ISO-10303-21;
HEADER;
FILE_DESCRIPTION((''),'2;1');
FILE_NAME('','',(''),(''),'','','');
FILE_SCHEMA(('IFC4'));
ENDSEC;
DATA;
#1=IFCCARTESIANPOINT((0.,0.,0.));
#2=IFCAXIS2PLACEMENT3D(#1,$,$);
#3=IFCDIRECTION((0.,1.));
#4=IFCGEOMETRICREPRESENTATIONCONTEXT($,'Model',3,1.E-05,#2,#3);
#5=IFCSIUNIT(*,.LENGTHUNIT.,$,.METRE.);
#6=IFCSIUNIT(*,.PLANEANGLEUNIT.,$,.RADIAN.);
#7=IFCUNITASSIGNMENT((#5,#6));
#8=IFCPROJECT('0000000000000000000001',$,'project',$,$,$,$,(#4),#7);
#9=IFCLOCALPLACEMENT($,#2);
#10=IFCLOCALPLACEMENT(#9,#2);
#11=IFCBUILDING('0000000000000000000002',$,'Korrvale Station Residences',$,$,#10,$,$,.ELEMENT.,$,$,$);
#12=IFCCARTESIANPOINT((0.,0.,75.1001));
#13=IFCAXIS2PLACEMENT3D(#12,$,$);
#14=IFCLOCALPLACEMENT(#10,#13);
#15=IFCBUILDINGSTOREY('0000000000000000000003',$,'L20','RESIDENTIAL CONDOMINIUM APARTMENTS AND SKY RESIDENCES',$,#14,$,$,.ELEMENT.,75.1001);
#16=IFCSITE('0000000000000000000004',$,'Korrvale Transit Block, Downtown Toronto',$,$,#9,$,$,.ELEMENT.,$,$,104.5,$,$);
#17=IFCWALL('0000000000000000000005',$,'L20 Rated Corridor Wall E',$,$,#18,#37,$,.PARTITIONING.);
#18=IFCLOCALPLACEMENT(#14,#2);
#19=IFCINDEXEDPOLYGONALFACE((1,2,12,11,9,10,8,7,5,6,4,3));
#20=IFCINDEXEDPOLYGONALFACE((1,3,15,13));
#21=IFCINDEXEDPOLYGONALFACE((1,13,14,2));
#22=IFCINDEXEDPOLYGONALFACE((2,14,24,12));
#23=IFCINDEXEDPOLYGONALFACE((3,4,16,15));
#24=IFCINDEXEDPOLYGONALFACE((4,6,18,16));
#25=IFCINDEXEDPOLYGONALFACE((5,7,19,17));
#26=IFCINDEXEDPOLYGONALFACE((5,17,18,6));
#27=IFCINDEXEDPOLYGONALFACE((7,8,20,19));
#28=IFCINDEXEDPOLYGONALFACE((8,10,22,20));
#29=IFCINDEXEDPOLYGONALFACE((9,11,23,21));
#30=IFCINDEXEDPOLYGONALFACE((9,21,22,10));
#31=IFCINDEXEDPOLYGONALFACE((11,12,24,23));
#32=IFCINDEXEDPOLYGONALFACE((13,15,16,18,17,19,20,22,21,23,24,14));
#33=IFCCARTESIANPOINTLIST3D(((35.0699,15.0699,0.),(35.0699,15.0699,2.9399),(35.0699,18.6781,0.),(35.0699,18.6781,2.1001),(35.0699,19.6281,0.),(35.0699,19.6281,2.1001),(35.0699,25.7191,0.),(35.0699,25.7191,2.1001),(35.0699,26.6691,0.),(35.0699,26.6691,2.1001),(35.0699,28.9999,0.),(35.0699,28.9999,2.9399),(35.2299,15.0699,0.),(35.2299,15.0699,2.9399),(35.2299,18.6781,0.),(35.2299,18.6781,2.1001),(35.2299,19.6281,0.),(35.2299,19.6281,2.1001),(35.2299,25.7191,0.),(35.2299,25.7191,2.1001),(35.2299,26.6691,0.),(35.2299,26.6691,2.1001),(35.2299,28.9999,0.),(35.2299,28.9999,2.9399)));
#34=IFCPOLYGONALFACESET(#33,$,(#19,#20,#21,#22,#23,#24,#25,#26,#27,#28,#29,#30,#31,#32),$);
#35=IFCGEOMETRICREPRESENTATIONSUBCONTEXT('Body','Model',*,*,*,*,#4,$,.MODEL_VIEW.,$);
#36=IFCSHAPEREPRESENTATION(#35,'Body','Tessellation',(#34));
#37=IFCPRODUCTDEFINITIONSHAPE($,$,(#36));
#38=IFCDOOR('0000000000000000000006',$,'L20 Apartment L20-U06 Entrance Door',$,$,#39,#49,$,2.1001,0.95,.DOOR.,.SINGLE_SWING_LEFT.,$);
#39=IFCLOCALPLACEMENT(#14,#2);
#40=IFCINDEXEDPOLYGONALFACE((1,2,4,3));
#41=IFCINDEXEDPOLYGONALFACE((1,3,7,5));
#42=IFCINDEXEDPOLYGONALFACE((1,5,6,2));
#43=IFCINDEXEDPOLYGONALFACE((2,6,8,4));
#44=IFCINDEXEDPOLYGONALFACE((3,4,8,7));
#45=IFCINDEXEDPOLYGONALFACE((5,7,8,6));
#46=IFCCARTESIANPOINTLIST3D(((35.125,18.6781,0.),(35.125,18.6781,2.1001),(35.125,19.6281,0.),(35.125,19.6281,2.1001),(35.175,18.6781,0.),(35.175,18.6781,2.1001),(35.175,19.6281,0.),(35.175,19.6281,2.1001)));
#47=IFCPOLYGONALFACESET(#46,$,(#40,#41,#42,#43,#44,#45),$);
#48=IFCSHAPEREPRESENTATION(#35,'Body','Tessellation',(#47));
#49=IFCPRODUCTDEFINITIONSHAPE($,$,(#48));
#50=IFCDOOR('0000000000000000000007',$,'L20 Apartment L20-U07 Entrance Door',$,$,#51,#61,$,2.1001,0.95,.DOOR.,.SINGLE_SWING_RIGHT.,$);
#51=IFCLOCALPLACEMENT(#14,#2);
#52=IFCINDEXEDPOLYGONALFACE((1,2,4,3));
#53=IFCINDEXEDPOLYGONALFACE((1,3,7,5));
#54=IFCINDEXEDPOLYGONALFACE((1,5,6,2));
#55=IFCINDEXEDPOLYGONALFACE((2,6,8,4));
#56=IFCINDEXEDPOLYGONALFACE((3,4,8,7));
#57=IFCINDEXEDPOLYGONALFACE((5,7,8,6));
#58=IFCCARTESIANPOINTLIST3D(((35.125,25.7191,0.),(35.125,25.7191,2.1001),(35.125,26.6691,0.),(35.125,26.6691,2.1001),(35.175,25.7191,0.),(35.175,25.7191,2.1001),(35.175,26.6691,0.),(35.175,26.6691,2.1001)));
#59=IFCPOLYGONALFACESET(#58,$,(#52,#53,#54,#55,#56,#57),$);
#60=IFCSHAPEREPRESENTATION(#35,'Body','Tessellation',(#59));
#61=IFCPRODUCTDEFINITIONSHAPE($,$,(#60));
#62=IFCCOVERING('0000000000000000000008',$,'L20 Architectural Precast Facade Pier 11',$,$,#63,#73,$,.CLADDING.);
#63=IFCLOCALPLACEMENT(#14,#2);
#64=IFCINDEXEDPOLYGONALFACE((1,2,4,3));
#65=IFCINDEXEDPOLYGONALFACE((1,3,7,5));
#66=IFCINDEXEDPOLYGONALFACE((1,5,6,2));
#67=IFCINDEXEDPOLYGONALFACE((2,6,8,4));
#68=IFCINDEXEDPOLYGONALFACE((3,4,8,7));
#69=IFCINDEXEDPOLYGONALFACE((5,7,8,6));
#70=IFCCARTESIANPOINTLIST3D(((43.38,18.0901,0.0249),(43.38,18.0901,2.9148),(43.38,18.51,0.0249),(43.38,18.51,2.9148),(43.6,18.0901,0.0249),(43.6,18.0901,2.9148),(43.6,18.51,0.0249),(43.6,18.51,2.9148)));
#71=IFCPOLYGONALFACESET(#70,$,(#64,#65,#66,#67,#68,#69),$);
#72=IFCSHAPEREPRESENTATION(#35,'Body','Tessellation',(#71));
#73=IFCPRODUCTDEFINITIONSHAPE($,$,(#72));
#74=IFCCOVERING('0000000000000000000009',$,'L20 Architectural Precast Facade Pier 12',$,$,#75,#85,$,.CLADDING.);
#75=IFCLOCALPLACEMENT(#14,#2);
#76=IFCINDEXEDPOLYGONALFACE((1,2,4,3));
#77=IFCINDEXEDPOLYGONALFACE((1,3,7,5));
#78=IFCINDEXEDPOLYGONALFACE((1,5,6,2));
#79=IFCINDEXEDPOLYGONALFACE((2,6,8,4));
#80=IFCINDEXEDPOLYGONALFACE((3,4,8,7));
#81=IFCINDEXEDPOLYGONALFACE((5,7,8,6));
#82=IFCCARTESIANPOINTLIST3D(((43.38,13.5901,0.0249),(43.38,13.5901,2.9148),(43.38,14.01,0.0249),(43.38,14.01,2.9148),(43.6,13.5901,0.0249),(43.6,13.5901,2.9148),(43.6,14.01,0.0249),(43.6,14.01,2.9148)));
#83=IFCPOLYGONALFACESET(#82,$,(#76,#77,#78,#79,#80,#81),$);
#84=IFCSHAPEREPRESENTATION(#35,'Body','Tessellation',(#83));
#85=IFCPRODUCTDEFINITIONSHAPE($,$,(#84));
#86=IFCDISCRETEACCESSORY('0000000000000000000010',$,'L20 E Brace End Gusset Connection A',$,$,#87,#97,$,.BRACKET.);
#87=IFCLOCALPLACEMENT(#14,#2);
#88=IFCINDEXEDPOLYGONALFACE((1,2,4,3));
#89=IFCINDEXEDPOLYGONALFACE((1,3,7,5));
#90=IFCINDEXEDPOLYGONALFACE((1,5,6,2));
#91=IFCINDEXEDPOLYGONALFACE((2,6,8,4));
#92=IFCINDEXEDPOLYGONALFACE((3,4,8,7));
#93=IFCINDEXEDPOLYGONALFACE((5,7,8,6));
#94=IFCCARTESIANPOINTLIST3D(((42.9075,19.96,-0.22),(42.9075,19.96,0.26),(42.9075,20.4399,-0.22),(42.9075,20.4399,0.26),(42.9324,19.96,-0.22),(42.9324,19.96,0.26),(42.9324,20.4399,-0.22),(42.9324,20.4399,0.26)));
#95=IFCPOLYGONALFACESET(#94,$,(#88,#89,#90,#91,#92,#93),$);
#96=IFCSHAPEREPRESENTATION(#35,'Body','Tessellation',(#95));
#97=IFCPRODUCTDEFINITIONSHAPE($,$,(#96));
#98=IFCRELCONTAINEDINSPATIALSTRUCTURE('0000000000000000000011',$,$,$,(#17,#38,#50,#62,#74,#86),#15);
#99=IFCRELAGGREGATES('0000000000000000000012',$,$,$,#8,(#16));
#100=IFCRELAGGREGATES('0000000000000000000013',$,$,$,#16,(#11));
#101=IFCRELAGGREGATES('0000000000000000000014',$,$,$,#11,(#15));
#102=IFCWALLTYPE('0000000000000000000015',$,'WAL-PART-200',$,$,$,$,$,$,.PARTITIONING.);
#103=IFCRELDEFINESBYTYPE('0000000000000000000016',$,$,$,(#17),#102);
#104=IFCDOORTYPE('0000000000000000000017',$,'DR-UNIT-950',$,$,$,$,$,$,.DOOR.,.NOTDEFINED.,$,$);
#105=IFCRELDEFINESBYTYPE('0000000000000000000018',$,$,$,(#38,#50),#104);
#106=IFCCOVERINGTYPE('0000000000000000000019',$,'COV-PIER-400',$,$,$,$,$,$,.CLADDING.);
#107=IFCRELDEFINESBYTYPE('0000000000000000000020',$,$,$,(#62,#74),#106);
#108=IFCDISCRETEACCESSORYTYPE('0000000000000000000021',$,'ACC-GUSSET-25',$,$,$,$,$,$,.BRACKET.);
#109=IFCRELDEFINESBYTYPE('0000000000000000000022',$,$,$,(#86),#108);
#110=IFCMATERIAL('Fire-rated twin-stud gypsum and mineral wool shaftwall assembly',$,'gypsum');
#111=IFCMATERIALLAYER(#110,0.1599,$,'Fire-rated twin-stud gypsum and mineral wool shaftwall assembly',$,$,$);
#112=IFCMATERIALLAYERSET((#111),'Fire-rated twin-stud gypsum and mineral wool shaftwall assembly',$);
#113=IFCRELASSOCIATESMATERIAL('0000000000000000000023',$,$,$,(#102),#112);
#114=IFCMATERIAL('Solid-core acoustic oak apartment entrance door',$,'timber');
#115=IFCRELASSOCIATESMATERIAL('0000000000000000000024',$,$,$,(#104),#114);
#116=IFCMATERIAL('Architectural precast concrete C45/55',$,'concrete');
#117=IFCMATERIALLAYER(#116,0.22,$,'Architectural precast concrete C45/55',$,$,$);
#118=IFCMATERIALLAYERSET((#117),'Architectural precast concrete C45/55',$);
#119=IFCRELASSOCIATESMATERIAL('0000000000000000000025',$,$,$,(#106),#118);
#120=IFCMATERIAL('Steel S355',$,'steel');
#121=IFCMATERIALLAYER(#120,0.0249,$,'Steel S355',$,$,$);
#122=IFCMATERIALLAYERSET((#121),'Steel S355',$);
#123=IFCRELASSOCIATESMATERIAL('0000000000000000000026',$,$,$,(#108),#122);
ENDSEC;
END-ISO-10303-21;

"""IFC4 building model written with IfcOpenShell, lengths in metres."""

from ifc_helpers import new_model, si_unit, direction, frame, frame_2d, origin, origin_2d, place, context, subcontext, project, spatial, rectangle, extrude, material, layer, layer_set, type_object, element, fill, save


model = new_model("IFC4")

# Units and contexts
model_context = context("Model", 3, precision=1e-05, world=origin(), true_north=direction((0.0, 1.0)))
body_context = subcontext(model_context, "Body", "Model", "MODEL_VIEW")
ifc_project = project(units=[si_unit("LENGTHUNIT", "METRE"), si_unit("PLANEANGLEUNIT", "RADIAN")], contexts=[model_context])

# Site, building, storey
site_placement = place(None, origin())
site = spatial("IfcSite", under=ifc_project, at=site_placement, Name="Korrvale Transit Block, Downtown Toronto", CompositionType="ELEMENT", RefElevation=104.5)
building_placement = place(site_placement, origin())
building = spatial("IfcBuilding", under=site, at=building_placement, Name="Korrvale Station Residences", CompositionType="ELEMENT")
storey_placement = place(building_placement, frame((0.0, 0.0, 75.1001)))
storey = spatial("IfcBuildingStorey", under=building, at=storey_placement, Name="L20", Description="RESIDENTIAL CONDOMINIUM APARTMENTS AND SKY RESIDENCES", CompositionType="ELEMENT", Elevation=75.1001)

# Shared definitions
ifc_material_1 = material(Name="Steel S355", Category="steel")

# Shared definitions
ifc_material_2 = material(Name="Fire-rated twin-stud gypsum and mineral wool shaftwall assembly", Category="gypsum")
ifc_layer_1 = layer(ifc_material_2, 0.1599, Name="Fire-rated twin-stud gypsum and mineral wool shaftwall assembly")
ifc_layer_set_1 = layer_set([ifc_layer_1], Name="Fire-rated twin-stud gypsum and mineral wool shaftwall assembly")
wall_type_1 = type_object("IfcWallType", Name="WAL-PART-200", PredefinedType="PARTITIONING", material=ifc_layer_set_1)

# Wall, openings, doors
wall_1_placement = place(storey_placement, frame((35.1499, 15.0701, 0.0), z_axis=(0.0, 0.0, 1.0), x_axis=(0.0, 1.0, 0.0)))
wall_1 = element("IfcWall", 1, at=wall_1_placement, inside=storey, type_object=wall_type_1, Name="L20 Rated Corridor Wall E", PredefinedType="PARTITIONING", context=body_context, shape_type="SweptSolid", body=[
    extrude(rectangle(XDim=13.9299, YDim=0.1599, at=frame_2d((6.9648, 0.0))), origin(), (0.0, 0.0, 1.0), 2.9399),
])
opening_1_placement = place(wall_1_placement, frame((3.6079, 0.0, 0.0)))
opening_1 = element("IfcOpeningElement", 2, at=opening_1_placement, cuts=wall_1, PredefinedType="OPENING", context=body_context, shape_type="SweptSolid", body=[
    extrude(rectangle(XDim=0.95, YDim=2.1001, at=frame_2d((0.4751, 1.05))), frame((0.0, 0.0898, 0.0), z_axis=(0.0, -1.0, 0.0), x_axis=(1.0, 0.0, 0.0)), (0.0, 0.0, 1.0), 0.1799),
])
opening_2_placement = place(wall_1_placement, frame((10.6489, 0.0, 0.0)))
opening_2 = element("IfcOpeningElement", 3, at=opening_2_placement, cuts=wall_1, PredefinedType="OPENING", context=body_context, shape_type="SweptSolid", body=[
    extrude(rectangle(XDim=0.95, YDim=2.1001, at=frame_2d((0.4751, 1.05))), frame((0.0, 0.0898, 0.0), z_axis=(0.0, -1.0, 0.0), x_axis=(1.0, 0.0, 0.0)), (0.0, 0.0, 1.0), 0.1799),
])
ifc_material_3 = material(Name="Solid-core acoustic oak apartment entrance door", Category="timber")
door_type_1 = type_object("IfcDoorType", Name="DR-UNIT-950", OperationType="NOTDEFINED", PredefinedType="DOOR", material=ifc_material_3)
door_1_placement = place(opening_1_placement, origin())
door_1 = element("IfcDoor", 4, at=door_1_placement, inside=storey, type_object=door_type_1, Name="L20 Apartment L20-U06 Entrance Door", OperationType="SINGLE_SWING_LEFT", OverallHeight=2.1001, OverallWidth=0.95, PredefinedType="DOOR", context=body_context, shape_type="SweptSolid", body=[
    extrude(rectangle(XDim=0.95, YDim=2.1001, at=frame_2d((0.4751, 1.05))), frame((0.0, 0.0249, 0.0), z_axis=(0.0, -1.0, 0.0), x_axis=(1.0, 0.0, 0.0)), (0.0, 0.0, 1.0), 0.05),
])
fill(opening_1, door_1)
door_2_placement = place(opening_2_placement, origin())
door_2 = element("IfcDoor", 5, at=door_2_placement, inside=storey, type_object=door_type_1, Name="L20 Apartment L20-U07 Entrance Door", OperationType="SINGLE_SWING_RIGHT", OverallHeight=2.1001, OverallWidth=0.95, PredefinedType="DOOR", context=body_context, shape_type="SweptSolid", body=[
    extrude(rectangle(XDim=0.95, YDim=2.1001, at=frame_2d((0.4751, 1.05))), frame((0.0, 0.0249, 0.0), z_axis=(0.0, -1.0, 0.0), x_axis=(1.0, 0.0, 0.0)), (0.0, 0.0, 1.0), 0.05),
])
fill(opening_2, door_2)

# Coverings
ifc_material_4 = material(Name="Architectural precast concrete C45/55", Category="concrete")
ifc_layer_2 = layer(ifc_material_4, 0.22, Name="Architectural precast concrete C45/55")
ifc_layer_set_2 = layer_set([ifc_layer_2], Name="Architectural precast concrete C45/55")
covering_type = type_object("IfcCoveringType", Name="COV-PIER-400", PredefinedType="CLADDING", material=ifc_layer_set_2)
for number, where, z_axis, x_axis, name in (
    (6, (43.49, 18.3, 0.0249), (0.0, 0.0, 1.0), (0.0, 1.0, 0.0), "L20 Architectural Precast Facade Pier 11"),
    (7, (43.49, 13.8, 0.0249), (0.0, 0.0, 1.0), (0.0, 1.0, 0.0), "L20 Architectural Precast Facade Pier 12"),
):
    element("IfcCovering", number, at=place(storey_placement, frame(where, z_axis=z_axis, x_axis=x_axis)), inside=storey, type_object=covering_type, Name=name, PredefinedType="CLADDING", context=body_context, shape_type="SweptSolid", body=[
        extrude(rectangle(XDim=0.4199, YDim=0.22, at=origin_2d()), origin(), (0.0, 0.0, 1.0), 2.8899),
    ])

# Discrete accessory
ifc_layer_3 = layer(ifc_material_1, 0.0249, Name="Steel S355")
ifc_layer_set_3 = layer_set([ifc_layer_3], Name="Steel S355")
discrete_accessory_type = type_object("IfcDiscreteAccessoryType", Name="ACC-GUSSET-25", PredefinedType="BRACKET", material=ifc_layer_set_3)
discrete_accessory_placement = place(storey_placement, frame((42.9199, 20.2, -0.22), z_axis=(0.0, 0.0, 1.0), x_axis=(0.0, 1.0, 0.0)))
element("IfcDiscreteAccessory", 8, at=discrete_accessory_placement, inside=storey, type_object=discrete_accessory_type, Name="L20 E Brace End Gusset Connection A", PredefinedType="BRACKET", context=body_context, shape_type="SweptSolid", body=[
    extrude(rectangle(XDim=0.48, YDim=0.0249, at=origin_2d()), origin(), (0.0, 0.0, 1.0), 0.48),
])

save(model, "model.ifc")
